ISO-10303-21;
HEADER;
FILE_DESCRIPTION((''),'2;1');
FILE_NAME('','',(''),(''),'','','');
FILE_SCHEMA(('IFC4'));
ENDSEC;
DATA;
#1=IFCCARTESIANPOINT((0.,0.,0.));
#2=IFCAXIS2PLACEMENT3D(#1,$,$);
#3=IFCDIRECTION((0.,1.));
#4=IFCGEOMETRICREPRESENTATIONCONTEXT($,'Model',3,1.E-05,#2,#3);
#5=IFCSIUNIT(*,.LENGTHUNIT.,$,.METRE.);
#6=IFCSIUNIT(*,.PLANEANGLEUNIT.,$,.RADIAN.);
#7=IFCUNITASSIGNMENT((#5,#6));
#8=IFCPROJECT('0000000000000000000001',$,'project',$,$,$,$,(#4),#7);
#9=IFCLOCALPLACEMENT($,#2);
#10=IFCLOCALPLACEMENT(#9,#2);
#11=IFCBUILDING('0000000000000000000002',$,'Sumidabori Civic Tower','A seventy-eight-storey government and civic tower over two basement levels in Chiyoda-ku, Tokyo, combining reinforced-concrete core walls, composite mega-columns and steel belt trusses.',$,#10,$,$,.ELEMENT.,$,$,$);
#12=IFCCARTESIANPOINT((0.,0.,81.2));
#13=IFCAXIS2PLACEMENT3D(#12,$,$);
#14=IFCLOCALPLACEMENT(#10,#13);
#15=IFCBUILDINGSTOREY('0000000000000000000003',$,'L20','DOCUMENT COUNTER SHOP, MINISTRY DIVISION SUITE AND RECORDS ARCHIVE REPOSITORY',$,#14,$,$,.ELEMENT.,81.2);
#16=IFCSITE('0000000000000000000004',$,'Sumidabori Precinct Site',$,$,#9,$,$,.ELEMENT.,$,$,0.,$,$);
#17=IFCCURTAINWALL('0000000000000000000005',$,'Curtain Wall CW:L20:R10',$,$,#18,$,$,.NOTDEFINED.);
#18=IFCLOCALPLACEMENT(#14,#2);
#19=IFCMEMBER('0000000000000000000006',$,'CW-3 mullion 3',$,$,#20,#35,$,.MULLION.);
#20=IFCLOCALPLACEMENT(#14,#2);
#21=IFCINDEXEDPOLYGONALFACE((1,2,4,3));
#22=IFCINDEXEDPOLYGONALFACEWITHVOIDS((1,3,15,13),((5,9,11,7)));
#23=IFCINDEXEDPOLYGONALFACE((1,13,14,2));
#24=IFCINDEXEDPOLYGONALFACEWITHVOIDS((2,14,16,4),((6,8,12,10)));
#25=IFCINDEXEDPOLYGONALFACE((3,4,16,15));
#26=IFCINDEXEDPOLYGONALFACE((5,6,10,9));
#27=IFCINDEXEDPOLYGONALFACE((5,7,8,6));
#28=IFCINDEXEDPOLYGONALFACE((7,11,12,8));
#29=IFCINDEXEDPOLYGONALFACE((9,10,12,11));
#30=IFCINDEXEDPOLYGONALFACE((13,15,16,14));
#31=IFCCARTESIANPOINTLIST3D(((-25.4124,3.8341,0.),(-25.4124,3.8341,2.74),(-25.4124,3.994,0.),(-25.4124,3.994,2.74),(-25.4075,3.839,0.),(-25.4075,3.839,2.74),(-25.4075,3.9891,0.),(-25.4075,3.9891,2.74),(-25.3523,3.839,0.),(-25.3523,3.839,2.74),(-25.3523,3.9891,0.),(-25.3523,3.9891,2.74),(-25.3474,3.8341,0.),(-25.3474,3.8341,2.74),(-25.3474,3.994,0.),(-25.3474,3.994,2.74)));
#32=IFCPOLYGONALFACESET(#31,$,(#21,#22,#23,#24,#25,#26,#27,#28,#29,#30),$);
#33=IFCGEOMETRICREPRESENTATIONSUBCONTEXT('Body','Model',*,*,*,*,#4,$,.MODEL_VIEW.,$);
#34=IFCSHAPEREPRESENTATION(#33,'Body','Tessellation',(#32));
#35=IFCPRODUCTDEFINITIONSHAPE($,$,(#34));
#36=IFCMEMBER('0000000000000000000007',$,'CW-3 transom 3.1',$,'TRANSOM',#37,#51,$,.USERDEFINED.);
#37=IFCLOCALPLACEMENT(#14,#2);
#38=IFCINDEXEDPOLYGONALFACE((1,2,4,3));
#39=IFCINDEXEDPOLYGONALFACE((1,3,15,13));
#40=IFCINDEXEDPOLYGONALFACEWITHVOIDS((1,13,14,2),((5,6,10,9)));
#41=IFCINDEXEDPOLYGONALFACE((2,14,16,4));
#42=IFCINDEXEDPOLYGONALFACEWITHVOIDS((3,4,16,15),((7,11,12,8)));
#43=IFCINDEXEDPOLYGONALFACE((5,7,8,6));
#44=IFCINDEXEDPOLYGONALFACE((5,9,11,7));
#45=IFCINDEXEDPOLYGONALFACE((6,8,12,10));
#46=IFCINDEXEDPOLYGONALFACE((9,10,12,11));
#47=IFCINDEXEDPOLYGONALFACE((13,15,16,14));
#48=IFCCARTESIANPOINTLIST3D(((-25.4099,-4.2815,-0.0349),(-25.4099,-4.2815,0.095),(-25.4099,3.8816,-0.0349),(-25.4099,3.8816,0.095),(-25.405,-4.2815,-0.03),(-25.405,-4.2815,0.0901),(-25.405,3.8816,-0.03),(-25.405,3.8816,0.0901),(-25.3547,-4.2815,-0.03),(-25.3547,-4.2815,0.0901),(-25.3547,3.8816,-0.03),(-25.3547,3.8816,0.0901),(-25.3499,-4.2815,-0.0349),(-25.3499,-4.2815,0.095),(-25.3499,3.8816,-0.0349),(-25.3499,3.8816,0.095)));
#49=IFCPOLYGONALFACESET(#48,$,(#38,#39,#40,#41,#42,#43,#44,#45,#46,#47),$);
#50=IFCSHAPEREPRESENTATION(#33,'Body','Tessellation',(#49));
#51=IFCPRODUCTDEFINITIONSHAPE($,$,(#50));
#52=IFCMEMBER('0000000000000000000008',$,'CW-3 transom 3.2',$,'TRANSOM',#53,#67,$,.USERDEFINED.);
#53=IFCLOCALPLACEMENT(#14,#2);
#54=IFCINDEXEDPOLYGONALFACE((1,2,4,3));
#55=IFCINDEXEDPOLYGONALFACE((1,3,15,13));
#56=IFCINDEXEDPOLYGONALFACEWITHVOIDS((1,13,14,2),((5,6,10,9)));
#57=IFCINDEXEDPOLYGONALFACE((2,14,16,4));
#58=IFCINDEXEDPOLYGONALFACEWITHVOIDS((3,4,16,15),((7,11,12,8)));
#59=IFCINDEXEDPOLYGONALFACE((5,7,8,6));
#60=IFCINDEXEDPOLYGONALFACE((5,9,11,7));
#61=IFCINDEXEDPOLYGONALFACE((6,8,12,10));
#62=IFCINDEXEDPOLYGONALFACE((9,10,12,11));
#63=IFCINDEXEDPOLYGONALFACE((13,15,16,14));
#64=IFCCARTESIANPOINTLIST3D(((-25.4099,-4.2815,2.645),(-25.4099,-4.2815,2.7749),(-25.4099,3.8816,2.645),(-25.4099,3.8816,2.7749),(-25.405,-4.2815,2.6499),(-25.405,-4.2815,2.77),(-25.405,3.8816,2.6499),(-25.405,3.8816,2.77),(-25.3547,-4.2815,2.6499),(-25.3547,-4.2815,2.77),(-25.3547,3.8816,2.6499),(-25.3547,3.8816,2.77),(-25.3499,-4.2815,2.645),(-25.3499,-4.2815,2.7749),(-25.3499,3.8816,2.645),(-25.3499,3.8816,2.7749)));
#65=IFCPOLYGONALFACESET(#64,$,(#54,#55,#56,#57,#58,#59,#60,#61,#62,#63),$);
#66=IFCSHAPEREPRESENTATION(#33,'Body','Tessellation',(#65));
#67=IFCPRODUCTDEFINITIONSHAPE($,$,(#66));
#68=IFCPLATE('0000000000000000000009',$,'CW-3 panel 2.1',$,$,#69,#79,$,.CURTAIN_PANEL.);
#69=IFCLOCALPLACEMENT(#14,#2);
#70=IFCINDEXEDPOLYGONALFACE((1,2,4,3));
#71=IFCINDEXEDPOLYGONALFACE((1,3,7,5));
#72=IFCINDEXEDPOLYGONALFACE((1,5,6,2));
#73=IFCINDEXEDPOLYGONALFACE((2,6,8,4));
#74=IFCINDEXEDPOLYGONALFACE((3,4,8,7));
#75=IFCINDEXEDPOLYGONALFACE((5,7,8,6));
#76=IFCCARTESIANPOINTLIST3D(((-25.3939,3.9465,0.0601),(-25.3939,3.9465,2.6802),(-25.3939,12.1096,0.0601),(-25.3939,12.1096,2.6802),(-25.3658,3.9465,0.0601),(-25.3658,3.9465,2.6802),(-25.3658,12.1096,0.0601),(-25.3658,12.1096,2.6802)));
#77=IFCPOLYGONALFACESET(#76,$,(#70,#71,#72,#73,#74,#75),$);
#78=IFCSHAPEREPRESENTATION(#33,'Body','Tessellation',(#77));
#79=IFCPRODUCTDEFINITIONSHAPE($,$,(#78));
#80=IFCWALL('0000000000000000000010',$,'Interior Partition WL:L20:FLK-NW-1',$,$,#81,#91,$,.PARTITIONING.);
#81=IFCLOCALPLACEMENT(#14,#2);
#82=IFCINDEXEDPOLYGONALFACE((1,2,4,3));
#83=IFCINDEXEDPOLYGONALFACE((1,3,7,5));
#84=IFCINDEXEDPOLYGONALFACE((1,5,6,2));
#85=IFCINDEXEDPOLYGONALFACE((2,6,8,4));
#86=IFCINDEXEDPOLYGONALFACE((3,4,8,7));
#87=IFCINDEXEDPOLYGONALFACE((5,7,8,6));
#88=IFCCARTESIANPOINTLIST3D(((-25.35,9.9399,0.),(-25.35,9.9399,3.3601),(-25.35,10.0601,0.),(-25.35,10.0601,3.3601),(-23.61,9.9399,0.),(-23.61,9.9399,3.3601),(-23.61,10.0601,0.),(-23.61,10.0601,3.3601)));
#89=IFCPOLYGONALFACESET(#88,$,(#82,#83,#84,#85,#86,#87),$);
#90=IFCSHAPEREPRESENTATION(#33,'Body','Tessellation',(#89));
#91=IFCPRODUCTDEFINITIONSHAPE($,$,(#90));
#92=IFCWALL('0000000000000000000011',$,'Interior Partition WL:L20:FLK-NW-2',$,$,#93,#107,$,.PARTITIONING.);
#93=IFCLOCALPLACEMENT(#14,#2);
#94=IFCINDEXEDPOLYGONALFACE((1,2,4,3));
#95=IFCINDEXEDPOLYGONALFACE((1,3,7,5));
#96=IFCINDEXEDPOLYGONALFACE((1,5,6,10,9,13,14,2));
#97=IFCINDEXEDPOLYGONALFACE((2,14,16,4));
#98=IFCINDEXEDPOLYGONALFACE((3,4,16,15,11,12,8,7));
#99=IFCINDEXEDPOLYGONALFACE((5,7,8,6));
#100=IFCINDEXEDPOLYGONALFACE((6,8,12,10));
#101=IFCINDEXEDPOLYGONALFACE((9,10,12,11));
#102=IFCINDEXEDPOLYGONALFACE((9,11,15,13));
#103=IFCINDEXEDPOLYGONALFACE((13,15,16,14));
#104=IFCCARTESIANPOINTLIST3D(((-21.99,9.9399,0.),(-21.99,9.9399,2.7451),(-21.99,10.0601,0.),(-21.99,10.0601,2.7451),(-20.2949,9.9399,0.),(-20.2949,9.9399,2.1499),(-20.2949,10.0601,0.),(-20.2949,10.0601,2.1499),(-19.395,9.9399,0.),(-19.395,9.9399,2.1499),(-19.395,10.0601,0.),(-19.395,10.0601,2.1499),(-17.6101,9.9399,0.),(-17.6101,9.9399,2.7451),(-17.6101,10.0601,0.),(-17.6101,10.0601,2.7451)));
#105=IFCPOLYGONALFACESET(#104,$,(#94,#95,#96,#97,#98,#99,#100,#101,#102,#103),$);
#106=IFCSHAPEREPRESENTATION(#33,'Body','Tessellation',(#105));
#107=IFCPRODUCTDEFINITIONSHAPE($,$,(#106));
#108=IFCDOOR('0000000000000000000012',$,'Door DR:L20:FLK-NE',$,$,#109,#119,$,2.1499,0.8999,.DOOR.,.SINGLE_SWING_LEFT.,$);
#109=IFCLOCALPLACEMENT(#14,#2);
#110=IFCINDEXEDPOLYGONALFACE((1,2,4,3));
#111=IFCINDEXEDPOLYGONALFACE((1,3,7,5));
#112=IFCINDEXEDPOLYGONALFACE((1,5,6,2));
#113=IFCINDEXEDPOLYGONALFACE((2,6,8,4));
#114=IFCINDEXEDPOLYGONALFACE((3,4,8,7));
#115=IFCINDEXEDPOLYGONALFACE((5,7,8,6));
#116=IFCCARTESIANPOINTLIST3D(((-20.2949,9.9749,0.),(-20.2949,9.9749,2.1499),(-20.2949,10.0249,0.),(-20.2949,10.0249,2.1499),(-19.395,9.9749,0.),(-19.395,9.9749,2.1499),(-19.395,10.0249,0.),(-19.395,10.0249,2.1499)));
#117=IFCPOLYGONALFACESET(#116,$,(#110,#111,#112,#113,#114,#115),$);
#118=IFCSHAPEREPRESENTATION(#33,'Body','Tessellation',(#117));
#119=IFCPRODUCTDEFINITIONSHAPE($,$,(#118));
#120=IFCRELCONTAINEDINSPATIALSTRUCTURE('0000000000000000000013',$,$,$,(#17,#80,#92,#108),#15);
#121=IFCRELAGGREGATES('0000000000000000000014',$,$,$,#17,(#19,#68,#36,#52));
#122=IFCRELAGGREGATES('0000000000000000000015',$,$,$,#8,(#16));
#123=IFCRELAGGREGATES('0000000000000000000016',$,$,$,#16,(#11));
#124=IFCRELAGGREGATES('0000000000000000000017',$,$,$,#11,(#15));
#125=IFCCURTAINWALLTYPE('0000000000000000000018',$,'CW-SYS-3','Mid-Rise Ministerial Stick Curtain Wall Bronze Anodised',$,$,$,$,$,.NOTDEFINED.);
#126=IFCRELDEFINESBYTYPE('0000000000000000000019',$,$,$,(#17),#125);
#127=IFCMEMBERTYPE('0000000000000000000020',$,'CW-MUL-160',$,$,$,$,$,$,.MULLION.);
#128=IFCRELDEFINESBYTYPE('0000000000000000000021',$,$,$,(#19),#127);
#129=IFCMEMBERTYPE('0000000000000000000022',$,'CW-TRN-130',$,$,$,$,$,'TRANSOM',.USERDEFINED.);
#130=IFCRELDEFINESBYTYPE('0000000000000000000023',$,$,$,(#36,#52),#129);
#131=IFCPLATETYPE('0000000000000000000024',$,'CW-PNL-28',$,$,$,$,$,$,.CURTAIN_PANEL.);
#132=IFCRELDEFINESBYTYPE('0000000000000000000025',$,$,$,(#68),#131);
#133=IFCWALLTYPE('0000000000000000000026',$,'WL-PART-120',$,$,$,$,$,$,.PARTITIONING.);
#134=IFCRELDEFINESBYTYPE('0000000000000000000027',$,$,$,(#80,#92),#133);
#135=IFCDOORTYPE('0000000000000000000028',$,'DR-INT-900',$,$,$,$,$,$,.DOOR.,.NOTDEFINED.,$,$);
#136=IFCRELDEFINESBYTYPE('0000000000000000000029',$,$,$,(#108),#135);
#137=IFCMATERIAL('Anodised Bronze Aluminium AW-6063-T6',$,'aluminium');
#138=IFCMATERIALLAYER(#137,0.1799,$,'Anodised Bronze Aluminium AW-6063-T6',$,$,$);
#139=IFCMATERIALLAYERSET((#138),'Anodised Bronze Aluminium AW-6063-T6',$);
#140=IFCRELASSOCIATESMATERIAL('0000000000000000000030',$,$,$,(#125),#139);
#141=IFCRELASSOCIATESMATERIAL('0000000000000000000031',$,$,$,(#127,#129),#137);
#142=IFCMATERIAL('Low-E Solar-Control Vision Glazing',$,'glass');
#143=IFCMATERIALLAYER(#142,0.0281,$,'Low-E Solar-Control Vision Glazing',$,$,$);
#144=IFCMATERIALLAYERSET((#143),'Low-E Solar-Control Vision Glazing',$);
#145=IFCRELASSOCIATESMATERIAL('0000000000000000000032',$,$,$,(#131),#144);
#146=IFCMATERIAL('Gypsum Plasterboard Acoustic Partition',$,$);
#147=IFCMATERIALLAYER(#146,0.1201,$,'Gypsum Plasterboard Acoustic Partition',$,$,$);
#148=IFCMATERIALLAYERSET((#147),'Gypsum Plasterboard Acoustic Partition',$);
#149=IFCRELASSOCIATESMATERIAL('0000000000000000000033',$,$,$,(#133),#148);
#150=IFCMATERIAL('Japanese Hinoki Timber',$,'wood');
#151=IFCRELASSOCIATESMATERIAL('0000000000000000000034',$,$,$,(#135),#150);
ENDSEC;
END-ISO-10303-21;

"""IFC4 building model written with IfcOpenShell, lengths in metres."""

from ifc_helpers import new_model, si_unit, direction, frame, frame_2d, origin, origin_2d, place, context, subcontext, project, spatial, rectangle, hollow_rectangle, extrude, source, transform, mapped, material, layer, layer_set, material_profile, profile_set, type_object, element, fill, aggregate, save


model = new_model("IFC4")

# Units and contexts
model_context = context("Model", 3, precision=1e-05, world=origin(), true_north=direction((0.0, 1.0)))
body_context = subcontext(model_context, "Body", "Model", "MODEL_VIEW")
ifc_project = project(units=[si_unit("LENGTHUNIT", "METRE"), si_unit("PLANEANGLEUNIT", "RADIAN")], contexts=[model_context])

# Site, building, storey
site_placement = place(None, origin())
site = spatial("IfcSite", under=ifc_project, at=site_placement, Name="Sumidabori Precinct Site", CompositionType="ELEMENT", RefElevation=0.0)
building_placement = place(site_placement, origin())
building = spatial("IfcBuilding", under=site, at=building_placement, Name="Sumidabori Civic Tower", Description="A seventy-eight-storey government and civic tower over two basement levels in Chiyoda-ku, Tokyo, combining reinforced-concrete core walls, composite mega-columns and steel belt trusses.", CompositionType="ELEMENT")
storey_placement = place(building_placement, frame((0.0, 0.0, 81.2)))
storey = spatial("IfcBuildingStorey", under=building, at=storey_placement, Name="L20", Description="DOCUMENT COUNTER SHOP, MINISTRY DIVISION SUITE AND RECORDS ARCHIVE REPOSITORY", CompositionType="ELEMENT", Elevation=81.2)

# Curtain wall, members, plate
ifc_material_1 = material(Name="Anodised Bronze Aluminium AW-6063-T6", Category="aluminium")
ifc_layer_1 = layer(ifc_material_1, 0.1799, Name="Anodised Bronze Aluminium AW-6063-T6")
ifc_layer_set_1 = layer_set([ifc_layer_1], Name="Anodised Bronze Aluminium AW-6063-T6")
curtain_wall_type = type_object("IfcCurtainWallType", Name="CW-SYS-3", Description="Mid-Rise Ministerial Stick Curtain Wall Bronze Anodised", PredefinedType="NOTDEFINED", material=ifc_layer_set_1)
curtain_wall_placement = place(storey_placement, origin())
curtain_wall = element("IfcCurtainWall", 1, at=curtain_wall_placement, inside=storey, type_object=curtain_wall_type, Name="Curtain Wall CW:L20:R10", PredefinedType="NOTDEFINED")
ifc_material_profile_1 = material_profile(ifc_material_1, hollow_rectangle(XDim=0.0649, YDim=0.1599, WallThickness=0.0049, at=origin_2d()), Name="ALU MULLION 160x65")
ifc_profile_set_1 = profile_set([ifc_material_profile_1], Name="Anodised Bronze Aluminium AW-6063-T6")
member_type_1 = type_object("IfcMemberType", Name="CW-MUL-160", PredefinedType="MULLION", material=ifc_profile_set_1)
shared_shape_1 = source(origin(), body_context, "Body", "SweptSolid", [
    extrude(hollow_rectangle(XDim=0.0649, YDim=0.1599, WallThickness=0.0049, at=origin_2d()), origin(), (0.0, 0.0, 1.0), 2.74),
])
member_1_placement = place(storey_placement, frame((-25.3799, 3.9141, 0.0), z_axis=(0.0, 0.0, 1.0), x_axis=(1.0, 0.0, 0.0)))
member_1 = element("IfcMember", 2, at=member_1_placement, type_object=member_type_1, Name="CW-3 mullion 3", PredefinedType="MULLION", context=body_context, shape_type="MappedRepresentation", body=[
    mapped(shared_shape_1, transform((0.0, 0.0, 0.0), x_axis=(1.0, 0.0, 0.0), y_axis=(0.0, 1.0, 0.0), z_axis=(0.0, 0.0, 1.0), scale=1.0)),
])
ifc_material_profile_2 = material_profile(ifc_material_1, hollow_rectangle(XDim=0.0601, YDim=0.1299, WallThickness=0.0049, at=origin_2d()), Name="ALU TRANSOM 130x60")
ifc_profile_set_2 = profile_set([ifc_material_profile_2], Name="Anodised Bronze Aluminium AW-6063-T6")
member_type_2 = type_object("IfcMemberType", Name="CW-TRN-130", ElementType="TRANSOM", PredefinedType="USERDEFINED", material=ifc_profile_set_2)
shared_shape_2 = source(origin(), body_context, "Body", "SweptSolid", [
    extrude(hollow_rectangle(XDim=0.0601, YDim=0.1299, WallThickness=0.0049, at=origin_2d()), origin(), (0.0, 0.0, 1.0), 8.1631),
])
member_2_placement = place(storey_placement, frame((-25.3799, 3.8816, 0.03), z_axis=(0.0, -1.0, 0.0), x_axis=(1.0, 0.0, 0.0)))
member_2 = element("IfcMember", 3, at=member_2_placement, type_object=member_type_2, Name="CW-3 transom 3.1", ObjectType="TRANSOM", PredefinedType="USERDEFINED", context=body_context, shape_type="MappedRepresentation", body=[
    mapped(shared_shape_2, transform((0.0, 0.0, 0.0), x_axis=(1.0, 0.0, 0.0), y_axis=(0.0, 1.0, 0.0), z_axis=(0.0, 0.0, 1.0), scale=1.0)),
])
member_3_placement = place(storey_placement, frame((-25.3799, 3.8816, 2.71), z_axis=(0.0, -1.0, 0.0), x_axis=(1.0, 0.0, 0.0)))
member_3 = element("IfcMember", 4, at=member_3_placement, type_object=member_type_2, Name="CW-3 transom 3.2", ObjectType="TRANSOM", PredefinedType="USERDEFINED", context=body_context, shape_type="MappedRepresentation", body=[
    mapped(shared_shape_2, transform((0.0, 0.0, 0.0), x_axis=(1.0, 0.0, 0.0), y_axis=(0.0, 1.0, 0.0), z_axis=(0.0, 0.0, 1.0), scale=1.0)),
])
ifc_material_2 = material(Name="Low-E Solar-Control Vision Glazing", Category="glass")
ifc_layer_2 = layer(ifc_material_2, 0.0281, Name="Low-E Solar-Control Vision Glazing")
ifc_layer_set_2 = layer_set([ifc_layer_2], Name="Low-E Solar-Control Vision Glazing")
plate_type = type_object("IfcPlateType", Name="CW-PNL-28", PredefinedType="CURTAIN_PANEL", material=ifc_layer_set_2)
shared_shape_3 = source(origin(), body_context, "Body", "SweptSolid", [
    extrude(rectangle(XDim=8.1631, YDim=0.0281, at=origin_2d()), origin(), (0.0, 0.0, 1.0), 2.6201),
])
plate_placement = place(storey_placement, frame((-25.3799, 8.0281, 0.0601), z_axis=(0.0, 0.0, 1.0), x_axis=(0.0, -1.0, 0.0)))
plate = element("IfcPlate", 5, at=plate_placement, type_object=plate_type, Name="CW-3 panel 2.1", PredefinedType="CURTAIN_PANEL", context=body_context, shape_type="MappedRepresentation", body=[
    mapped(shared_shape_3, transform((0.0, 0.0, 0.0), x_axis=(1.0, 0.0, 0.0), y_axis=(0.0, 1.0, 0.0), z_axis=(0.0, 0.0, 1.0), scale=1.0)),
])
aggregate(curtain_wall, [member_1, plate, member_2, member_3])

# Wall
ifc_material_3 = material(Name="Gypsum Plasterboard Acoustic Partition")
ifc_layer_3 = layer(ifc_material_3, 0.1201, Name="Gypsum Plasterboard Acoustic Partition")
ifc_layer_set_3 = layer_set([ifc_layer_3], Name="Gypsum Plasterboard Acoustic Partition")
wall_type = type_object("IfcWallType", Name="WL-PART-120", PredefinedType="PARTITIONING", material=ifc_layer_set_3)
shared_shape_4 = source(origin(), body_context, "Body", "SweptSolid", [
    extrude(rectangle(XDim=1.74, YDim=0.1201, at=frame_2d((0.8701, 0.0))), origin(), (0.0, 0.0, 1.0), 3.3601),
])
wall_1_placement = place(storey_placement, frame((-25.3501, 10.0, 0.0), z_axis=(0.0, 0.0, 1.0), x_axis=(1.0, 0.0, 0.0)))
element("IfcWall", 6, at=wall_1_placement, inside=storey, type_object=wall_type, Name="Interior Partition WL:L20:FLK-NW-1", PredefinedType="PARTITIONING", context=body_context, shape_type="MappedRepresentation", body=[
    mapped(shared_shape_4, transform((0.0, 0.0, 0.0), x_axis=(1.0, 0.0, 0.0), y_axis=(0.0, 1.0, 0.0), z_axis=(0.0, 0.0, 1.0), scale=1.0)),
])

# Wall, opening, door
shared_shape_5 = source(origin(), body_context, "Body", "SweptSolid", [
    extrude(rectangle(XDim=4.3799, YDim=0.1201, at=frame_2d((2.1899, 0.0))), origin(), (0.0, 0.0, 1.0), 2.7451),
])
wall_2_placement = place(storey_placement, frame((-21.99, 10.0, 0.0), z_axis=(0.0, 0.0, 1.0), x_axis=(1.0, 0.0, 0.0)))
wall_2 = element("IfcWall", 7, at=wall_2_placement, inside=storey, type_object=wall_type, Name="Interior Partition WL:L20:FLK-NW-2", PredefinedType="PARTITIONING", context=body_context, shape_type="MappedRepresentation", body=[
    mapped(shared_shape_5, transform((0.0, 0.0, 0.0), x_axis=(1.0, 0.0, 0.0), y_axis=(0.0, 1.0, 0.0), z_axis=(0.0, 0.0, 1.0), scale=1.0)),
])
opening_1_placement = place(wall_2_placement, frame((1.6951, 0.0, 0.0)))
opening_1 = element("IfcOpeningElement", 8, at=opening_1_placement, cuts=wall_2, PredefinedType="OPENING", context=body_context, shape_type="SweptSolid", body=[
    extrude(rectangle(XDim=0.8999, YDim=2.1499, at=frame_2d((0.45, 1.075))), frame((0.0, 0.072, 0.0), z_axis=(0.0, -1.0, 0.0), x_axis=(1.0, 0.0, 0.0)), (0.0, 0.0, 1.0), 0.144),
])
ifc_material_4 = material(Name="Japanese Hinoki Timber", Category="wood")
door_type_1 = type_object("IfcDoorType", Name="DR-INT-900", OperationType="NOTDEFINED", PredefinedType="DOOR", material=ifc_material_4)
shared_shape_6 = source(origin(), body_context, "Body", "SweptSolid", [
    extrude(rectangle(XDim=0.8999, YDim=2.1499, at=frame_2d((0.45, 1.075))), frame((0.0, 0.0249, 0.0), z_axis=(0.0, -1.0, 0.0), x_axis=(1.0, 0.0, 0.0)), (0.0, 0.0, 1.0), 0.05),
])
door_1_placement = place(opening_1_placement, origin())
door_1 = element("IfcDoor", 9, at=door_1_placement, inside=storey, type_object=door_type_1, Name="Door DR:L20:FLK-NE", OperationType="SINGLE_SWING_LEFT", OverallHeight=2.1499, OverallWidth=0.8999, PredefinedType="DOOR", context=body_context, shape_type="MappedRepresentation", body=[
    mapped(shared_shape_6, transform((0.0, 0.0, 0.0), x_axis=(1.0, 0.0, 0.0), y_axis=(0.0, 1.0, 0.0), z_axis=(0.0, 0.0, 1.0), scale=1.0)),
])
fill(opening_1, door_1)

save(model, "model.ifc")
